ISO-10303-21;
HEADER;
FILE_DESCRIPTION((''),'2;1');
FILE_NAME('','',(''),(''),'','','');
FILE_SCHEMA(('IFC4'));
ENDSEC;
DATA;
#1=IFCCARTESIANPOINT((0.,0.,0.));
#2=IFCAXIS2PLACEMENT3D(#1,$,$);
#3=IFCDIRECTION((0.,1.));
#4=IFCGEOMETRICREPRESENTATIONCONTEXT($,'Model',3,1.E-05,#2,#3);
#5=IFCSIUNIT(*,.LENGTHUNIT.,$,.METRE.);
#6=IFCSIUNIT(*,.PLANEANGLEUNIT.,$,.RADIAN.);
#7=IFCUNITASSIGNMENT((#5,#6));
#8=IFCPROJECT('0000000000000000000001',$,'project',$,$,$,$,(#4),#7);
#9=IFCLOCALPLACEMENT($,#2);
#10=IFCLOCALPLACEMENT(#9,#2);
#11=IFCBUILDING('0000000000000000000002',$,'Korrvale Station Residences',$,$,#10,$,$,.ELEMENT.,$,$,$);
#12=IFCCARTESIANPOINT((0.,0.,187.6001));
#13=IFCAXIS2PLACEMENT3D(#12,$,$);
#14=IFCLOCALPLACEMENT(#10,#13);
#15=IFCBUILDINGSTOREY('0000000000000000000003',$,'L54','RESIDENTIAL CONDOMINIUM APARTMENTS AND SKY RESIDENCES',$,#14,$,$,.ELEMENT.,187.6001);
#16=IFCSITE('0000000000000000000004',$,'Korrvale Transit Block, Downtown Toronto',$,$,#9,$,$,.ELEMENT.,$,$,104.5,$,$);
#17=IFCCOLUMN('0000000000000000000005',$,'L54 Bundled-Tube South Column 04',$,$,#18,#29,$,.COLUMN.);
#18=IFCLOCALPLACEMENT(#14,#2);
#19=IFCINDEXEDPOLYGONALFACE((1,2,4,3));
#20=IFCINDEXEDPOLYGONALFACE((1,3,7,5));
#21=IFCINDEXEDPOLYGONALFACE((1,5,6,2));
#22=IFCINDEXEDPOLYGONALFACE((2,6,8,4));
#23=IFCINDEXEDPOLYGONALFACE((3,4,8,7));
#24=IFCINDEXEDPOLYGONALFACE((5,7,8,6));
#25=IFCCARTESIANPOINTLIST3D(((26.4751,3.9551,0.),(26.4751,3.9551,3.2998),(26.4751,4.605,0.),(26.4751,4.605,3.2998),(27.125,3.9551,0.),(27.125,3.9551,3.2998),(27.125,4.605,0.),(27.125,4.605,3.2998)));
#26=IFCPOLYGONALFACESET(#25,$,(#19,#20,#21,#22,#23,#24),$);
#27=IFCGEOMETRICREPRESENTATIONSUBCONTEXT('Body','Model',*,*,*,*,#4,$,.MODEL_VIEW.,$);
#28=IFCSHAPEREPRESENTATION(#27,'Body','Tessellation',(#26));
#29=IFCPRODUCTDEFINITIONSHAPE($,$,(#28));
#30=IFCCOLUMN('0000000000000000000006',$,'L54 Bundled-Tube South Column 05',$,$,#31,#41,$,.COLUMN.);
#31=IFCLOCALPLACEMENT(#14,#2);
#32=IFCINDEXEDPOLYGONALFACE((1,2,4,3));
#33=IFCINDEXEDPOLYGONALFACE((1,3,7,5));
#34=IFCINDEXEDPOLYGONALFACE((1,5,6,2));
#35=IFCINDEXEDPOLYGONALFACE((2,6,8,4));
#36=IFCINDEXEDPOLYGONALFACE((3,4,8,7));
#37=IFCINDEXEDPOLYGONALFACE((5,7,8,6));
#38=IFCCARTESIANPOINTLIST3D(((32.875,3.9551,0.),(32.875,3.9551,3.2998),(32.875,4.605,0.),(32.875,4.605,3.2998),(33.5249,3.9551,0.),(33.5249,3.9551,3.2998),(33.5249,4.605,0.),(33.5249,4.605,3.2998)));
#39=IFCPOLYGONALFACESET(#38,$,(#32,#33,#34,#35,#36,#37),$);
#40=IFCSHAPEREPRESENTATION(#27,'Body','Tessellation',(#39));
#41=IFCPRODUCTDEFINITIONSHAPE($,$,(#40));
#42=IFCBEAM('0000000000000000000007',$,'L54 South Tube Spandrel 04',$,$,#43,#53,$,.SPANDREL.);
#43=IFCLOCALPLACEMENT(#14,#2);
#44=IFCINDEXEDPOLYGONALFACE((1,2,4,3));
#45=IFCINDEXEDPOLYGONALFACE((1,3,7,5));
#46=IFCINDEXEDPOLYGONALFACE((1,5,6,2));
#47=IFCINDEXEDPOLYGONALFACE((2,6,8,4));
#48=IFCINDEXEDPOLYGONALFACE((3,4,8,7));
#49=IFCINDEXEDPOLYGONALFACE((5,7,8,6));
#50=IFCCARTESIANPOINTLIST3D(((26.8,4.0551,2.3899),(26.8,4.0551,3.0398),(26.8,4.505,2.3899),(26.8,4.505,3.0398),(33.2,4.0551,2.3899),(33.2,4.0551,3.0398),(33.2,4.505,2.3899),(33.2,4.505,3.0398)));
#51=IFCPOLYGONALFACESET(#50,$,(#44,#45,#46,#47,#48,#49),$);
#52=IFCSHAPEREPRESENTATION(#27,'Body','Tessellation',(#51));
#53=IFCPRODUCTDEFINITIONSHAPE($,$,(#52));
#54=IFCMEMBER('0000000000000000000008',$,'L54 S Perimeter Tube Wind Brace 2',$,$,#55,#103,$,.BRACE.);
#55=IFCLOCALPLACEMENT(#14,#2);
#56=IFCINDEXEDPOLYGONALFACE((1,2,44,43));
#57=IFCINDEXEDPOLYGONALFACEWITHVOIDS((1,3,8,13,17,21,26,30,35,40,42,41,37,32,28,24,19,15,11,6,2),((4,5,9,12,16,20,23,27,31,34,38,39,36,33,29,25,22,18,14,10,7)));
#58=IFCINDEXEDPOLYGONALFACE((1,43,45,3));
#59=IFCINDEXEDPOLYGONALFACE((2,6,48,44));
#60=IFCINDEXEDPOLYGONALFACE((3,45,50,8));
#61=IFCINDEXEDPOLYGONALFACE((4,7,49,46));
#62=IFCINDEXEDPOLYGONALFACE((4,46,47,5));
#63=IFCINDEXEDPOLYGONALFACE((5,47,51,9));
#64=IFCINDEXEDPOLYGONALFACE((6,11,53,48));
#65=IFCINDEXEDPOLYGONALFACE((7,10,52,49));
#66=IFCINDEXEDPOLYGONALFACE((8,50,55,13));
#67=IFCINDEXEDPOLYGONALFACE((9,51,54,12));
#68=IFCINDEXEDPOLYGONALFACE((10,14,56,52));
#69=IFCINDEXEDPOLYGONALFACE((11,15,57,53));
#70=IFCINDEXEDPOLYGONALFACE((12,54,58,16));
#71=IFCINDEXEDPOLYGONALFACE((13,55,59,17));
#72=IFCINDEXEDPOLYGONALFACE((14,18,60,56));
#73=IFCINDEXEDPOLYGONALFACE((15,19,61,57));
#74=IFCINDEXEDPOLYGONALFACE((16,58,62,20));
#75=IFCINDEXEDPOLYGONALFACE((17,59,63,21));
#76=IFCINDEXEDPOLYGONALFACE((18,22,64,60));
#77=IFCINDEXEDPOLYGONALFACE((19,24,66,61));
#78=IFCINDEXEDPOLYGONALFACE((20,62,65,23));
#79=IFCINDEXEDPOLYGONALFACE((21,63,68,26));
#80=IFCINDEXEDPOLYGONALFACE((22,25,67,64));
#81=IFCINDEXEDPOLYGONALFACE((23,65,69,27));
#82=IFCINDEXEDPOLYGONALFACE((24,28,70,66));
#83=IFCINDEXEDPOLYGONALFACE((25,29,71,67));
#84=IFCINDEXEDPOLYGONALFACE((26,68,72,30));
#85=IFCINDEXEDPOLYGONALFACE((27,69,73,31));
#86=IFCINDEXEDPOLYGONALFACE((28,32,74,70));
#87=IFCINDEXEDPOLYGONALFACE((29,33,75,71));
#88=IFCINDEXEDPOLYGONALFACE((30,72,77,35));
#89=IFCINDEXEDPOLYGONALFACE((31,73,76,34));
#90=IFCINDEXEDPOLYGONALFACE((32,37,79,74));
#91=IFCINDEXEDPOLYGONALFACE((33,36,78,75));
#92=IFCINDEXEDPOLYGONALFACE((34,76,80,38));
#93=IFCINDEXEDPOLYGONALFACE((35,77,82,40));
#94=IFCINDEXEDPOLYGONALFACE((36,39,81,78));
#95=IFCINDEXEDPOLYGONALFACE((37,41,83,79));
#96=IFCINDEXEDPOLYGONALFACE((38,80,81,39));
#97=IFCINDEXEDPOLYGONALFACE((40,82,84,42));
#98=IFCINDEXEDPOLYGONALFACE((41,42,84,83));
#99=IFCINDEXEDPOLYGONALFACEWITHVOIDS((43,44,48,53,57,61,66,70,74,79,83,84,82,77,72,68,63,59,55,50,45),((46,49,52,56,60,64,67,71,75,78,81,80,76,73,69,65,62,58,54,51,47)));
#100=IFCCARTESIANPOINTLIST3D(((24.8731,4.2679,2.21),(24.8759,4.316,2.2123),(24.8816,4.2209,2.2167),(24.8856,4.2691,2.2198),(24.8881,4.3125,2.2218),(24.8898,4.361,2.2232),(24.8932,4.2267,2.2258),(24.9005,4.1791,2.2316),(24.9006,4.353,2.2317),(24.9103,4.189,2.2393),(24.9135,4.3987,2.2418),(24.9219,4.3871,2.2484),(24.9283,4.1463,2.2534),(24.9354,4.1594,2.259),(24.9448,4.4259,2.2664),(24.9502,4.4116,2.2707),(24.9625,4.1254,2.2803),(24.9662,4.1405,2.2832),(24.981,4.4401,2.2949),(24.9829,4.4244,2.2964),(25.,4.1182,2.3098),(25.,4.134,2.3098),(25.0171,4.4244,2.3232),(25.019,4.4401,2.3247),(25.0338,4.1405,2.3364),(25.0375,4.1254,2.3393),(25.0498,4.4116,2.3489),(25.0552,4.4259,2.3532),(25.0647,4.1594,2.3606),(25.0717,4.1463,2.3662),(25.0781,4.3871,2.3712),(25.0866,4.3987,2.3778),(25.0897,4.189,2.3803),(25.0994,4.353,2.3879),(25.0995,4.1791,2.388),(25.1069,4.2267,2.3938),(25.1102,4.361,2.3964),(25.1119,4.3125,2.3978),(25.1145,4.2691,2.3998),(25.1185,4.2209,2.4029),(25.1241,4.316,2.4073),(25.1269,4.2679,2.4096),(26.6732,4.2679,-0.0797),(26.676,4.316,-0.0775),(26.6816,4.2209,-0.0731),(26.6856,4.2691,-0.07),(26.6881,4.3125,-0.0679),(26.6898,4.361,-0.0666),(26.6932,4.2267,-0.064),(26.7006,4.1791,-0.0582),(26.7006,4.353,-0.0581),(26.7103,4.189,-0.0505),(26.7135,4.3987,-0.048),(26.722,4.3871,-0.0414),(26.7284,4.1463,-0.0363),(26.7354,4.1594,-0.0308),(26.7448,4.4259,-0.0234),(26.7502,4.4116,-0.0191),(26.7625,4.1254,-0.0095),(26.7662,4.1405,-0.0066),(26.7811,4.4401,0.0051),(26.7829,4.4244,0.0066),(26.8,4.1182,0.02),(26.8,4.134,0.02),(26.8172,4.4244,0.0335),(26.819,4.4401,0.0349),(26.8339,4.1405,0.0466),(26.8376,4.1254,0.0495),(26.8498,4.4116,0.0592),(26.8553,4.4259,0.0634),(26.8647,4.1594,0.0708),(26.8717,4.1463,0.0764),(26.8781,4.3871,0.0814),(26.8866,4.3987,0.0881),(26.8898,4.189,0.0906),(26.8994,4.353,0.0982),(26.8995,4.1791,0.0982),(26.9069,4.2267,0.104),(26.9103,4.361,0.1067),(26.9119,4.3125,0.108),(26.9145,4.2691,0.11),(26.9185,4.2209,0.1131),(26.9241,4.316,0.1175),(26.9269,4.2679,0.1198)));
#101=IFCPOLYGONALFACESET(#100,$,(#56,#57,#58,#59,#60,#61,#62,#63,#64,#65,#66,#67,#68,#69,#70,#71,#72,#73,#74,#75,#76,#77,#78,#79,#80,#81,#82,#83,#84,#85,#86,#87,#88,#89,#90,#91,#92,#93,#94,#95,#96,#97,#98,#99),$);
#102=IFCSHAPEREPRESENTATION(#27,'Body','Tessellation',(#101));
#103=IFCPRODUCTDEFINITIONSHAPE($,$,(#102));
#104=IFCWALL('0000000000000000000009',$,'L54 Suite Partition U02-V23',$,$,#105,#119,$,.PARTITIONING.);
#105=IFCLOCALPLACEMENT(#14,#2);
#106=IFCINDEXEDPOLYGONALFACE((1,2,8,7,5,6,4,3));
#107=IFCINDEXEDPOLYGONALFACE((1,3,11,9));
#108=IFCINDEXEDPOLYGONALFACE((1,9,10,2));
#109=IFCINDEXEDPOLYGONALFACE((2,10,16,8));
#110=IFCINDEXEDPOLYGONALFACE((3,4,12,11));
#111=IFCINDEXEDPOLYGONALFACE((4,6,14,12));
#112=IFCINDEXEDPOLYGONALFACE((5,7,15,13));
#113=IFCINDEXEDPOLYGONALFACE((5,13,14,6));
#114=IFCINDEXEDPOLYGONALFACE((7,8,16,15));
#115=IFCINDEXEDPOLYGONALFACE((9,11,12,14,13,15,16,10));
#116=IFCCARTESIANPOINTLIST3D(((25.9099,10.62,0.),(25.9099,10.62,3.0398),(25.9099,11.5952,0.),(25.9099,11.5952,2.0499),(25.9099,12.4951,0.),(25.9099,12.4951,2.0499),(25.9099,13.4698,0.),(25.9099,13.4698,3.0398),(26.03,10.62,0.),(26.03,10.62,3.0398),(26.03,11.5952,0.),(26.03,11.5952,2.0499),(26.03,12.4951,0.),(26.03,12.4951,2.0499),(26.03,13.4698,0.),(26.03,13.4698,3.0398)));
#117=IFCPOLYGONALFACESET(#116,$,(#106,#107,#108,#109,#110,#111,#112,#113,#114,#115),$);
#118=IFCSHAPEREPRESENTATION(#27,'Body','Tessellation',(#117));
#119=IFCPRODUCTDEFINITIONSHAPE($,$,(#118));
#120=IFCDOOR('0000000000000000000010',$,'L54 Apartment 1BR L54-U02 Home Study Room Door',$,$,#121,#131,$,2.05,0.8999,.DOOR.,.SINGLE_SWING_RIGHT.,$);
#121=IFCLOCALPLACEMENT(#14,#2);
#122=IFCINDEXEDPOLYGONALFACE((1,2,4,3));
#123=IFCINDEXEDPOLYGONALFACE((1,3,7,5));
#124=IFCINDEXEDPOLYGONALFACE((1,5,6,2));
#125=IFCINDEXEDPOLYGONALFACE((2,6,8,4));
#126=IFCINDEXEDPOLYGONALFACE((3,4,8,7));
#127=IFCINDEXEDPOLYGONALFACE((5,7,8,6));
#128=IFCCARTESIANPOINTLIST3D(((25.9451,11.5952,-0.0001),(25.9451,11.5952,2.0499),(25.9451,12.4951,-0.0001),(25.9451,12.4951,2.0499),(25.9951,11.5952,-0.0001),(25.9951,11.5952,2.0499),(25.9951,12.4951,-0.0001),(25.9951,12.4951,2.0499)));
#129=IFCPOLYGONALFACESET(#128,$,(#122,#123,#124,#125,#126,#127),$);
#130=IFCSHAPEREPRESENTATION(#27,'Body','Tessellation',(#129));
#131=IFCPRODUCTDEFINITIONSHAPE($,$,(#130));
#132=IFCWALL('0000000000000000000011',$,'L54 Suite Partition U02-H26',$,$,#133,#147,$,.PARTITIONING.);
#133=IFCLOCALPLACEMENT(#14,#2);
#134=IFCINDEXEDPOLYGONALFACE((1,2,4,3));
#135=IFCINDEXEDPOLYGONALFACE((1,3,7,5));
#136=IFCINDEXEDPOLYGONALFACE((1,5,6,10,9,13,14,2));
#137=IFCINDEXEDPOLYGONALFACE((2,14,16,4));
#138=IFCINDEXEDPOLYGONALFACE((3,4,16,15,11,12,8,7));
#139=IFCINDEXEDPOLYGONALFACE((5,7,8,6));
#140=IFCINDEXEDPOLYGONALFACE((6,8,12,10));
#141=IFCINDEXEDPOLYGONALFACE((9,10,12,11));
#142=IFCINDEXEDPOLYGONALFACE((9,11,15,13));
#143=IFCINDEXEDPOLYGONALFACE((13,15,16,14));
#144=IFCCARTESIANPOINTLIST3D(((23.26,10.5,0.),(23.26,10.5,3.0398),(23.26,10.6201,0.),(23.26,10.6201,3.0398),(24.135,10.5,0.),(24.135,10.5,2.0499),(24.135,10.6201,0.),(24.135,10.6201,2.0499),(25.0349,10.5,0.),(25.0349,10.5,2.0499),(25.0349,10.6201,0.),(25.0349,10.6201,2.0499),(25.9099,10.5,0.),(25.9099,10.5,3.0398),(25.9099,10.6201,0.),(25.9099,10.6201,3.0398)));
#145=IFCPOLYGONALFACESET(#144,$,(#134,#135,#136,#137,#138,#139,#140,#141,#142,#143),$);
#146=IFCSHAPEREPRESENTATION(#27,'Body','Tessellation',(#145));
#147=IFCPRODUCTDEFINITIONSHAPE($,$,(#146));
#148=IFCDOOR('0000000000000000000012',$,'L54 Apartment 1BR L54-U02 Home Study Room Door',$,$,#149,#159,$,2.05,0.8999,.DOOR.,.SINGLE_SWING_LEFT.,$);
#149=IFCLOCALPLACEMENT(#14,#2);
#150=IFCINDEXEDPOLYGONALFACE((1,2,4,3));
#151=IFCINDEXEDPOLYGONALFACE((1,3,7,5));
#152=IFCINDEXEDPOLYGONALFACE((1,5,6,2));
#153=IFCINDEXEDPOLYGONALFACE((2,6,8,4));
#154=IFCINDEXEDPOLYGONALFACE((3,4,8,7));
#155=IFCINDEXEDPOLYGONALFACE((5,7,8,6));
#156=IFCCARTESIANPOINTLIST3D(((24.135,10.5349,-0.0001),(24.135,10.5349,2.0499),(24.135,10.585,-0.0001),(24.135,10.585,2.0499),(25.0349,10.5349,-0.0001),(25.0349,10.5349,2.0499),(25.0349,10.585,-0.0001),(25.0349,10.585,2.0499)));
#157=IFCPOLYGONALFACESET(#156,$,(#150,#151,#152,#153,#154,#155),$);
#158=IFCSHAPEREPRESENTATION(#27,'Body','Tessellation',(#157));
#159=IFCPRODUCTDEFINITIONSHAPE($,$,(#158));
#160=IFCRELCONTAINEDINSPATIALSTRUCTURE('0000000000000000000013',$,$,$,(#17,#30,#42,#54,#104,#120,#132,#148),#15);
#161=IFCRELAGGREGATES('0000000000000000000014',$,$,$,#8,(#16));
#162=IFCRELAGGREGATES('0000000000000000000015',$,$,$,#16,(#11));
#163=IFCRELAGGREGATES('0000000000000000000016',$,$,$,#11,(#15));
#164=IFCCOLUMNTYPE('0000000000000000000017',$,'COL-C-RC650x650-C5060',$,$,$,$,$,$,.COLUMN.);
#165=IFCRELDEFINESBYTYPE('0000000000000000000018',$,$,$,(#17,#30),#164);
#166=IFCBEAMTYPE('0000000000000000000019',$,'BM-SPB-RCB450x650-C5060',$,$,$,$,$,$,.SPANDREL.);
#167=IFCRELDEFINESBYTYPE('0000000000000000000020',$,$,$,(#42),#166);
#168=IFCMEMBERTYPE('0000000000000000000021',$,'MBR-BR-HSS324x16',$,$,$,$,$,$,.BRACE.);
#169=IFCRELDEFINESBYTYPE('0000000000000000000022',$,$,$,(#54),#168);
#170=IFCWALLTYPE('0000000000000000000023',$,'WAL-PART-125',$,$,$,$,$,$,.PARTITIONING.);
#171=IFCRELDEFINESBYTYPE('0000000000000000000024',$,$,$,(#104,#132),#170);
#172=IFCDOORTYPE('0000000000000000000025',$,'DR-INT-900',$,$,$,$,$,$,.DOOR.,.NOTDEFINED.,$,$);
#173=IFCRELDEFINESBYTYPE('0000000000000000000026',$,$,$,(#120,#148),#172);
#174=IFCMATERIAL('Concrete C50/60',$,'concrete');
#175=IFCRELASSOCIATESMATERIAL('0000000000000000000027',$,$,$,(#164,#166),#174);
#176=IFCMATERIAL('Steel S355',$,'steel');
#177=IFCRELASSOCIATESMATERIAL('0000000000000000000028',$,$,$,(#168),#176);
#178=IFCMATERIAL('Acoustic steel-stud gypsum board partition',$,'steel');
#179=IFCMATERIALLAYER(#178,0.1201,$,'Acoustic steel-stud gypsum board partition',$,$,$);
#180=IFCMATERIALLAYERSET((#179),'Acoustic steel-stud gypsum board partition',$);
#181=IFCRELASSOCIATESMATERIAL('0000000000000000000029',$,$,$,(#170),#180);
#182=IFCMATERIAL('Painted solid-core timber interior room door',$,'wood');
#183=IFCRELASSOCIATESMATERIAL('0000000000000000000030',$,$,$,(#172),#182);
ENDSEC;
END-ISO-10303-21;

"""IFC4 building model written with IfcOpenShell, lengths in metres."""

from ifc_helpers import new_model, si_unit, direction, frame, frame_2d, origin, origin_2d, place, context, subcontext, project, spatial, rectangle, hollow_circle, extrude, material, layer, layer_set, material_profile, profile_set, type_object, element, fill, save


model = new_model("IFC4")

# Units and contexts
model_context = context("Model", 3, precision=1e-05, world=origin(), true_north=direction((0.0, 1.0)))
body_context = subcontext(model_context, "Body", "Model", "MODEL_VIEW")
ifc_project = project(units=[si_unit("LENGTHUNIT", "METRE"), si_unit("PLANEANGLEUNIT", "RADIAN")], contexts=[model_context])

# Site, building, storey
site_placement = place(None, origin())
site = spatial("IfcSite", under=ifc_project, at=site_placement, Name="Korrvale Transit Block, Downtown Toronto", CompositionType="ELEMENT", RefElevation=104.5)
building_placement = place(site_placement, origin())
building = spatial("IfcBuilding", under=site, at=building_placement, Name="Korrvale Station Residences", CompositionType="ELEMENT")
storey_placement = place(building_placement, frame((0.0, 0.0, 187.6001)))
storey = spatial("IfcBuildingStorey", under=building, at=storey_placement, Name="L54", Description="RESIDENTIAL CONDOMINIUM APARTMENTS AND SKY RESIDENCES", CompositionType="ELEMENT", Elevation=187.6001)

# Columns
ifc_material_1 = material(Name="Concrete C50/60", Category="concrete")
ifc_material_profile_1 = material_profile(ifc_material_1, rectangle(XDim=0.6499, YDim=0.6499, at=origin_2d()), Name="RC650x650")
ifc_profile_set_1 = profile_set([ifc_material_profile_1], Name="Concrete C50/60")
column_type = type_object("IfcColumnType", Name="COL-C-RC650x650-C5060", PredefinedType="COLUMN", material=ifc_profile_set_1)
for number, where, z_axis, x_axis, name in (
    (1, (26.8, 4.28, 0.0), (0.0, 0.0, 1.0), (1.0, 0.0, 0.0), "L54 Bundled-Tube South Column 04"),
    (2, (33.2, 4.28, 0.0), (0.0, 0.0, 1.0), (1.0, 0.0, 0.0), "L54 Bundled-Tube South Column 05"),
):
    element("IfcColumn", number, at=place(storey_placement, frame(where, z_axis=z_axis, x_axis=x_axis)), inside=storey, type_object=column_type, Name=name, PredefinedType="COLUMN", context=body_context, shape_type="SweptSolid", body=[
        extrude(rectangle(XDim=0.6499, YDim=0.6499, at=origin_2d()), origin(), (0.0, 0.0, 1.0), 3.2998),
    ])

# Beam
ifc_material_profile_2 = material_profile(ifc_material_1, rectangle(XDim=0.45, YDim=0.6499, at=origin_2d()), Name="RCB450x650")
ifc_profile_set_2 = profile_set([ifc_material_profile_2], Name="Concrete C50/60")
beam_type = type_object("IfcBeamType", Name="BM-SPB-RCB450x650-C5060", PredefinedType="SPANDREL", material=ifc_profile_set_2)
beam_placement = place(storey_placement, frame((26.8, 4.28, 2.7148), z_axis=(1.0, 0.0, 0.0), x_axis=(0.0, 1.0, 0.0)))
element("IfcBeam", 3, at=beam_placement, inside=storey, type_object=beam_type, Name="L54 South Tube Spandrel 04", PredefinedType="SPANDREL", context=body_context, shape_type="SweptSolid", body=[
    extrude(rectangle(XDim=0.45, YDim=0.6499, at=origin_2d()), origin(), (0.0, 0.0, 1.0), 6.3999),
])

# Member
ifc_material_2 = material(Name="Steel S355", Category="steel")
ifc_material_profile_3 = material_profile(ifc_material_2, hollow_circle(Radius=0.1619, WallThickness=0.0159, at=origin_2d()), Name="HSS324x16")
ifc_profile_set_3 = profile_set([ifc_material_profile_3], Name="Steel S355")
member_type = type_object("IfcMemberType", Name="MBR-BR-HSS324x16", PredefinedType="BRACE", material=ifc_profile_set_3)
member_placement = place(storey_placement, frame((26.8, 4.28, 0.02), z_axis=(-0.618018, 0.0, 0.786164), x_axis=(0.0, -1.0, 0.0)))
element("IfcMember", 4, at=member_placement, inside=storey, type_object=member_type, Name="L54 S Perimeter Tube Wind Brace 2", PredefinedType="BRACE", context=body_context, shape_type="SweptSolid", body=[
    extrude(hollow_circle(Radius=0.1619, WallThickness=0.0159, at=origin_2d()), origin(), (0.0, 0.0, 1.0), 2.9126),
])

# Walls, openings, doors
ifc_material_3 = material(Name="Acoustic steel-stud gypsum board partition", Category="steel")
ifc_layer_1 = layer(ifc_material_3, 0.1201, Name="Acoustic steel-stud gypsum board partition")
ifc_layer_set_1 = layer_set([ifc_layer_1], Name="Acoustic steel-stud gypsum board partition")
wall_type_1 = type_object("IfcWallType", Name="WAL-PART-125", PredefinedType="PARTITIONING", material=ifc_layer_set_1)
wall_1_placement = place(storey_placement, frame((25.97, 10.6201, 0.0), z_axis=(0.0, 0.0, 1.0), x_axis=(0.0, 1.0, 0.0)))
wall_1 = element("IfcWall", 5, at=wall_1_placement, inside=storey, type_object=wall_type_1, Name="L54 Suite Partition U02-V23", PredefinedType="PARTITIONING", context=body_context, shape_type="SweptSolid", body=[
    extrude(rectangle(XDim=2.8499, YDim=0.1201, at=frame_2d((1.4248, 0.0))), origin(), (0.0, 0.0, 1.0), 3.0398),
])
opening_1_placement = place(wall_1_placement, frame((0.9751, 0.0, 0.0)))
opening_1 = element("IfcOpeningElement", 6, at=opening_1_placement, cuts=wall_1, PredefinedType="OPENING", context=body_context, shape_type="SweptSolid", body=[
    extrude(rectangle(XDim=0.8999, YDim=2.05, at=frame_2d((0.45, 1.0249))), frame((0.0, 0.0701, 0.0), z_axis=(0.0, -1.0, 0.0), x_axis=(1.0, 0.0, 0.0)), (0.0, 0.0, 1.0), 0.1401),
])
ifc_material_4 = material(Name="Painted solid-core timber interior room door", Category="wood")
door_type = type_object("IfcDoorType", Name="DR-INT-900", OperationType="NOTDEFINED", PredefinedType="DOOR", material=ifc_material_4)
door_1_placement = place(opening_1_placement, origin())
door_1 = element("IfcDoor", 7, at=door_1_placement, inside=storey, type_object=door_type, Name="L54 Apartment 1BR L54-U02 Home Study Room Door", OperationType="SINGLE_SWING_RIGHT", OverallHeight=2.05, OverallWidth=0.8999, PredefinedType="DOOR", context=body_context, shape_type="SweptSolid", body=[
    extrude(rectangle(XDim=0.8999, YDim=2.05, at=frame_2d((0.45, 1.0249))), frame((0.0, 0.0249, 0.0), z_axis=(0.0, -1.0, 0.0), x_axis=(1.0, 0.0, 0.0)), (0.0, 0.0, 1.0), 0.05),
])
fill(opening_1, door_1)
wall_2_placement = place(storey_placement, frame((23.26, 10.5601, 0.0), z_axis=(0.0, 0.0, 1.0), x_axis=(1.0, 0.0, 0.0)))
wall_2 = element("IfcWall", 8, at=wall_2_placement, inside=storey, type_object=wall_type_1, Name="L54 Suite Partition U02-H26", PredefinedType="PARTITIONING", context=body_context, shape_type="SweptSolid", body=[
    extrude(rectangle(XDim=2.6499, YDim=0.1201, at=frame_2d((1.325, 0.0))), origin(), (0.0, 0.0, 1.0), 3.0398),
])
opening_2_placement = place(wall_2_placement, frame((0.875, 0.0, 0.0)))
opening_2 = element("IfcOpeningElement", 9, at=opening_2_placement, cuts=wall_2, PredefinedType="OPENING", context=body_context, shape_type="SweptSolid", body=[
    extrude(rectangle(XDim=0.8999, YDim=2.05, at=frame_2d((0.45, 1.0249))), frame((0.0, 0.0701, 0.0), z_axis=(0.0, -1.0, 0.0), x_axis=(1.0, 0.0, 0.0)), (0.0, 0.0, 1.0), 0.1401),
])
door_2_placement = place(opening_2_placement, origin())
door_2 = element("IfcDoor", 10, at=door_2_placement, inside=storey, type_object=door_type, Name="L54 Apartment 1BR L54-U02 Home Study Room Door", OperationType="SINGLE_SWING_LEFT", OverallHeight=2.05, OverallWidth=0.8999, PredefinedType="DOOR", context=body_context, shape_type="SweptSolid", body=[
    extrude(rectangle(XDim=0.8999, YDim=2.05, at=frame_2d((0.45, 1.0249))), frame((0.0, 0.0249, 0.0), z_axis=(0.0, -1.0, 0.0), x_axis=(1.0, 0.0, 0.0)), (0.0, 0.0, 1.0), 0.05),
])
fill(opening_2, door_2)

save(model, "model.ifc")
